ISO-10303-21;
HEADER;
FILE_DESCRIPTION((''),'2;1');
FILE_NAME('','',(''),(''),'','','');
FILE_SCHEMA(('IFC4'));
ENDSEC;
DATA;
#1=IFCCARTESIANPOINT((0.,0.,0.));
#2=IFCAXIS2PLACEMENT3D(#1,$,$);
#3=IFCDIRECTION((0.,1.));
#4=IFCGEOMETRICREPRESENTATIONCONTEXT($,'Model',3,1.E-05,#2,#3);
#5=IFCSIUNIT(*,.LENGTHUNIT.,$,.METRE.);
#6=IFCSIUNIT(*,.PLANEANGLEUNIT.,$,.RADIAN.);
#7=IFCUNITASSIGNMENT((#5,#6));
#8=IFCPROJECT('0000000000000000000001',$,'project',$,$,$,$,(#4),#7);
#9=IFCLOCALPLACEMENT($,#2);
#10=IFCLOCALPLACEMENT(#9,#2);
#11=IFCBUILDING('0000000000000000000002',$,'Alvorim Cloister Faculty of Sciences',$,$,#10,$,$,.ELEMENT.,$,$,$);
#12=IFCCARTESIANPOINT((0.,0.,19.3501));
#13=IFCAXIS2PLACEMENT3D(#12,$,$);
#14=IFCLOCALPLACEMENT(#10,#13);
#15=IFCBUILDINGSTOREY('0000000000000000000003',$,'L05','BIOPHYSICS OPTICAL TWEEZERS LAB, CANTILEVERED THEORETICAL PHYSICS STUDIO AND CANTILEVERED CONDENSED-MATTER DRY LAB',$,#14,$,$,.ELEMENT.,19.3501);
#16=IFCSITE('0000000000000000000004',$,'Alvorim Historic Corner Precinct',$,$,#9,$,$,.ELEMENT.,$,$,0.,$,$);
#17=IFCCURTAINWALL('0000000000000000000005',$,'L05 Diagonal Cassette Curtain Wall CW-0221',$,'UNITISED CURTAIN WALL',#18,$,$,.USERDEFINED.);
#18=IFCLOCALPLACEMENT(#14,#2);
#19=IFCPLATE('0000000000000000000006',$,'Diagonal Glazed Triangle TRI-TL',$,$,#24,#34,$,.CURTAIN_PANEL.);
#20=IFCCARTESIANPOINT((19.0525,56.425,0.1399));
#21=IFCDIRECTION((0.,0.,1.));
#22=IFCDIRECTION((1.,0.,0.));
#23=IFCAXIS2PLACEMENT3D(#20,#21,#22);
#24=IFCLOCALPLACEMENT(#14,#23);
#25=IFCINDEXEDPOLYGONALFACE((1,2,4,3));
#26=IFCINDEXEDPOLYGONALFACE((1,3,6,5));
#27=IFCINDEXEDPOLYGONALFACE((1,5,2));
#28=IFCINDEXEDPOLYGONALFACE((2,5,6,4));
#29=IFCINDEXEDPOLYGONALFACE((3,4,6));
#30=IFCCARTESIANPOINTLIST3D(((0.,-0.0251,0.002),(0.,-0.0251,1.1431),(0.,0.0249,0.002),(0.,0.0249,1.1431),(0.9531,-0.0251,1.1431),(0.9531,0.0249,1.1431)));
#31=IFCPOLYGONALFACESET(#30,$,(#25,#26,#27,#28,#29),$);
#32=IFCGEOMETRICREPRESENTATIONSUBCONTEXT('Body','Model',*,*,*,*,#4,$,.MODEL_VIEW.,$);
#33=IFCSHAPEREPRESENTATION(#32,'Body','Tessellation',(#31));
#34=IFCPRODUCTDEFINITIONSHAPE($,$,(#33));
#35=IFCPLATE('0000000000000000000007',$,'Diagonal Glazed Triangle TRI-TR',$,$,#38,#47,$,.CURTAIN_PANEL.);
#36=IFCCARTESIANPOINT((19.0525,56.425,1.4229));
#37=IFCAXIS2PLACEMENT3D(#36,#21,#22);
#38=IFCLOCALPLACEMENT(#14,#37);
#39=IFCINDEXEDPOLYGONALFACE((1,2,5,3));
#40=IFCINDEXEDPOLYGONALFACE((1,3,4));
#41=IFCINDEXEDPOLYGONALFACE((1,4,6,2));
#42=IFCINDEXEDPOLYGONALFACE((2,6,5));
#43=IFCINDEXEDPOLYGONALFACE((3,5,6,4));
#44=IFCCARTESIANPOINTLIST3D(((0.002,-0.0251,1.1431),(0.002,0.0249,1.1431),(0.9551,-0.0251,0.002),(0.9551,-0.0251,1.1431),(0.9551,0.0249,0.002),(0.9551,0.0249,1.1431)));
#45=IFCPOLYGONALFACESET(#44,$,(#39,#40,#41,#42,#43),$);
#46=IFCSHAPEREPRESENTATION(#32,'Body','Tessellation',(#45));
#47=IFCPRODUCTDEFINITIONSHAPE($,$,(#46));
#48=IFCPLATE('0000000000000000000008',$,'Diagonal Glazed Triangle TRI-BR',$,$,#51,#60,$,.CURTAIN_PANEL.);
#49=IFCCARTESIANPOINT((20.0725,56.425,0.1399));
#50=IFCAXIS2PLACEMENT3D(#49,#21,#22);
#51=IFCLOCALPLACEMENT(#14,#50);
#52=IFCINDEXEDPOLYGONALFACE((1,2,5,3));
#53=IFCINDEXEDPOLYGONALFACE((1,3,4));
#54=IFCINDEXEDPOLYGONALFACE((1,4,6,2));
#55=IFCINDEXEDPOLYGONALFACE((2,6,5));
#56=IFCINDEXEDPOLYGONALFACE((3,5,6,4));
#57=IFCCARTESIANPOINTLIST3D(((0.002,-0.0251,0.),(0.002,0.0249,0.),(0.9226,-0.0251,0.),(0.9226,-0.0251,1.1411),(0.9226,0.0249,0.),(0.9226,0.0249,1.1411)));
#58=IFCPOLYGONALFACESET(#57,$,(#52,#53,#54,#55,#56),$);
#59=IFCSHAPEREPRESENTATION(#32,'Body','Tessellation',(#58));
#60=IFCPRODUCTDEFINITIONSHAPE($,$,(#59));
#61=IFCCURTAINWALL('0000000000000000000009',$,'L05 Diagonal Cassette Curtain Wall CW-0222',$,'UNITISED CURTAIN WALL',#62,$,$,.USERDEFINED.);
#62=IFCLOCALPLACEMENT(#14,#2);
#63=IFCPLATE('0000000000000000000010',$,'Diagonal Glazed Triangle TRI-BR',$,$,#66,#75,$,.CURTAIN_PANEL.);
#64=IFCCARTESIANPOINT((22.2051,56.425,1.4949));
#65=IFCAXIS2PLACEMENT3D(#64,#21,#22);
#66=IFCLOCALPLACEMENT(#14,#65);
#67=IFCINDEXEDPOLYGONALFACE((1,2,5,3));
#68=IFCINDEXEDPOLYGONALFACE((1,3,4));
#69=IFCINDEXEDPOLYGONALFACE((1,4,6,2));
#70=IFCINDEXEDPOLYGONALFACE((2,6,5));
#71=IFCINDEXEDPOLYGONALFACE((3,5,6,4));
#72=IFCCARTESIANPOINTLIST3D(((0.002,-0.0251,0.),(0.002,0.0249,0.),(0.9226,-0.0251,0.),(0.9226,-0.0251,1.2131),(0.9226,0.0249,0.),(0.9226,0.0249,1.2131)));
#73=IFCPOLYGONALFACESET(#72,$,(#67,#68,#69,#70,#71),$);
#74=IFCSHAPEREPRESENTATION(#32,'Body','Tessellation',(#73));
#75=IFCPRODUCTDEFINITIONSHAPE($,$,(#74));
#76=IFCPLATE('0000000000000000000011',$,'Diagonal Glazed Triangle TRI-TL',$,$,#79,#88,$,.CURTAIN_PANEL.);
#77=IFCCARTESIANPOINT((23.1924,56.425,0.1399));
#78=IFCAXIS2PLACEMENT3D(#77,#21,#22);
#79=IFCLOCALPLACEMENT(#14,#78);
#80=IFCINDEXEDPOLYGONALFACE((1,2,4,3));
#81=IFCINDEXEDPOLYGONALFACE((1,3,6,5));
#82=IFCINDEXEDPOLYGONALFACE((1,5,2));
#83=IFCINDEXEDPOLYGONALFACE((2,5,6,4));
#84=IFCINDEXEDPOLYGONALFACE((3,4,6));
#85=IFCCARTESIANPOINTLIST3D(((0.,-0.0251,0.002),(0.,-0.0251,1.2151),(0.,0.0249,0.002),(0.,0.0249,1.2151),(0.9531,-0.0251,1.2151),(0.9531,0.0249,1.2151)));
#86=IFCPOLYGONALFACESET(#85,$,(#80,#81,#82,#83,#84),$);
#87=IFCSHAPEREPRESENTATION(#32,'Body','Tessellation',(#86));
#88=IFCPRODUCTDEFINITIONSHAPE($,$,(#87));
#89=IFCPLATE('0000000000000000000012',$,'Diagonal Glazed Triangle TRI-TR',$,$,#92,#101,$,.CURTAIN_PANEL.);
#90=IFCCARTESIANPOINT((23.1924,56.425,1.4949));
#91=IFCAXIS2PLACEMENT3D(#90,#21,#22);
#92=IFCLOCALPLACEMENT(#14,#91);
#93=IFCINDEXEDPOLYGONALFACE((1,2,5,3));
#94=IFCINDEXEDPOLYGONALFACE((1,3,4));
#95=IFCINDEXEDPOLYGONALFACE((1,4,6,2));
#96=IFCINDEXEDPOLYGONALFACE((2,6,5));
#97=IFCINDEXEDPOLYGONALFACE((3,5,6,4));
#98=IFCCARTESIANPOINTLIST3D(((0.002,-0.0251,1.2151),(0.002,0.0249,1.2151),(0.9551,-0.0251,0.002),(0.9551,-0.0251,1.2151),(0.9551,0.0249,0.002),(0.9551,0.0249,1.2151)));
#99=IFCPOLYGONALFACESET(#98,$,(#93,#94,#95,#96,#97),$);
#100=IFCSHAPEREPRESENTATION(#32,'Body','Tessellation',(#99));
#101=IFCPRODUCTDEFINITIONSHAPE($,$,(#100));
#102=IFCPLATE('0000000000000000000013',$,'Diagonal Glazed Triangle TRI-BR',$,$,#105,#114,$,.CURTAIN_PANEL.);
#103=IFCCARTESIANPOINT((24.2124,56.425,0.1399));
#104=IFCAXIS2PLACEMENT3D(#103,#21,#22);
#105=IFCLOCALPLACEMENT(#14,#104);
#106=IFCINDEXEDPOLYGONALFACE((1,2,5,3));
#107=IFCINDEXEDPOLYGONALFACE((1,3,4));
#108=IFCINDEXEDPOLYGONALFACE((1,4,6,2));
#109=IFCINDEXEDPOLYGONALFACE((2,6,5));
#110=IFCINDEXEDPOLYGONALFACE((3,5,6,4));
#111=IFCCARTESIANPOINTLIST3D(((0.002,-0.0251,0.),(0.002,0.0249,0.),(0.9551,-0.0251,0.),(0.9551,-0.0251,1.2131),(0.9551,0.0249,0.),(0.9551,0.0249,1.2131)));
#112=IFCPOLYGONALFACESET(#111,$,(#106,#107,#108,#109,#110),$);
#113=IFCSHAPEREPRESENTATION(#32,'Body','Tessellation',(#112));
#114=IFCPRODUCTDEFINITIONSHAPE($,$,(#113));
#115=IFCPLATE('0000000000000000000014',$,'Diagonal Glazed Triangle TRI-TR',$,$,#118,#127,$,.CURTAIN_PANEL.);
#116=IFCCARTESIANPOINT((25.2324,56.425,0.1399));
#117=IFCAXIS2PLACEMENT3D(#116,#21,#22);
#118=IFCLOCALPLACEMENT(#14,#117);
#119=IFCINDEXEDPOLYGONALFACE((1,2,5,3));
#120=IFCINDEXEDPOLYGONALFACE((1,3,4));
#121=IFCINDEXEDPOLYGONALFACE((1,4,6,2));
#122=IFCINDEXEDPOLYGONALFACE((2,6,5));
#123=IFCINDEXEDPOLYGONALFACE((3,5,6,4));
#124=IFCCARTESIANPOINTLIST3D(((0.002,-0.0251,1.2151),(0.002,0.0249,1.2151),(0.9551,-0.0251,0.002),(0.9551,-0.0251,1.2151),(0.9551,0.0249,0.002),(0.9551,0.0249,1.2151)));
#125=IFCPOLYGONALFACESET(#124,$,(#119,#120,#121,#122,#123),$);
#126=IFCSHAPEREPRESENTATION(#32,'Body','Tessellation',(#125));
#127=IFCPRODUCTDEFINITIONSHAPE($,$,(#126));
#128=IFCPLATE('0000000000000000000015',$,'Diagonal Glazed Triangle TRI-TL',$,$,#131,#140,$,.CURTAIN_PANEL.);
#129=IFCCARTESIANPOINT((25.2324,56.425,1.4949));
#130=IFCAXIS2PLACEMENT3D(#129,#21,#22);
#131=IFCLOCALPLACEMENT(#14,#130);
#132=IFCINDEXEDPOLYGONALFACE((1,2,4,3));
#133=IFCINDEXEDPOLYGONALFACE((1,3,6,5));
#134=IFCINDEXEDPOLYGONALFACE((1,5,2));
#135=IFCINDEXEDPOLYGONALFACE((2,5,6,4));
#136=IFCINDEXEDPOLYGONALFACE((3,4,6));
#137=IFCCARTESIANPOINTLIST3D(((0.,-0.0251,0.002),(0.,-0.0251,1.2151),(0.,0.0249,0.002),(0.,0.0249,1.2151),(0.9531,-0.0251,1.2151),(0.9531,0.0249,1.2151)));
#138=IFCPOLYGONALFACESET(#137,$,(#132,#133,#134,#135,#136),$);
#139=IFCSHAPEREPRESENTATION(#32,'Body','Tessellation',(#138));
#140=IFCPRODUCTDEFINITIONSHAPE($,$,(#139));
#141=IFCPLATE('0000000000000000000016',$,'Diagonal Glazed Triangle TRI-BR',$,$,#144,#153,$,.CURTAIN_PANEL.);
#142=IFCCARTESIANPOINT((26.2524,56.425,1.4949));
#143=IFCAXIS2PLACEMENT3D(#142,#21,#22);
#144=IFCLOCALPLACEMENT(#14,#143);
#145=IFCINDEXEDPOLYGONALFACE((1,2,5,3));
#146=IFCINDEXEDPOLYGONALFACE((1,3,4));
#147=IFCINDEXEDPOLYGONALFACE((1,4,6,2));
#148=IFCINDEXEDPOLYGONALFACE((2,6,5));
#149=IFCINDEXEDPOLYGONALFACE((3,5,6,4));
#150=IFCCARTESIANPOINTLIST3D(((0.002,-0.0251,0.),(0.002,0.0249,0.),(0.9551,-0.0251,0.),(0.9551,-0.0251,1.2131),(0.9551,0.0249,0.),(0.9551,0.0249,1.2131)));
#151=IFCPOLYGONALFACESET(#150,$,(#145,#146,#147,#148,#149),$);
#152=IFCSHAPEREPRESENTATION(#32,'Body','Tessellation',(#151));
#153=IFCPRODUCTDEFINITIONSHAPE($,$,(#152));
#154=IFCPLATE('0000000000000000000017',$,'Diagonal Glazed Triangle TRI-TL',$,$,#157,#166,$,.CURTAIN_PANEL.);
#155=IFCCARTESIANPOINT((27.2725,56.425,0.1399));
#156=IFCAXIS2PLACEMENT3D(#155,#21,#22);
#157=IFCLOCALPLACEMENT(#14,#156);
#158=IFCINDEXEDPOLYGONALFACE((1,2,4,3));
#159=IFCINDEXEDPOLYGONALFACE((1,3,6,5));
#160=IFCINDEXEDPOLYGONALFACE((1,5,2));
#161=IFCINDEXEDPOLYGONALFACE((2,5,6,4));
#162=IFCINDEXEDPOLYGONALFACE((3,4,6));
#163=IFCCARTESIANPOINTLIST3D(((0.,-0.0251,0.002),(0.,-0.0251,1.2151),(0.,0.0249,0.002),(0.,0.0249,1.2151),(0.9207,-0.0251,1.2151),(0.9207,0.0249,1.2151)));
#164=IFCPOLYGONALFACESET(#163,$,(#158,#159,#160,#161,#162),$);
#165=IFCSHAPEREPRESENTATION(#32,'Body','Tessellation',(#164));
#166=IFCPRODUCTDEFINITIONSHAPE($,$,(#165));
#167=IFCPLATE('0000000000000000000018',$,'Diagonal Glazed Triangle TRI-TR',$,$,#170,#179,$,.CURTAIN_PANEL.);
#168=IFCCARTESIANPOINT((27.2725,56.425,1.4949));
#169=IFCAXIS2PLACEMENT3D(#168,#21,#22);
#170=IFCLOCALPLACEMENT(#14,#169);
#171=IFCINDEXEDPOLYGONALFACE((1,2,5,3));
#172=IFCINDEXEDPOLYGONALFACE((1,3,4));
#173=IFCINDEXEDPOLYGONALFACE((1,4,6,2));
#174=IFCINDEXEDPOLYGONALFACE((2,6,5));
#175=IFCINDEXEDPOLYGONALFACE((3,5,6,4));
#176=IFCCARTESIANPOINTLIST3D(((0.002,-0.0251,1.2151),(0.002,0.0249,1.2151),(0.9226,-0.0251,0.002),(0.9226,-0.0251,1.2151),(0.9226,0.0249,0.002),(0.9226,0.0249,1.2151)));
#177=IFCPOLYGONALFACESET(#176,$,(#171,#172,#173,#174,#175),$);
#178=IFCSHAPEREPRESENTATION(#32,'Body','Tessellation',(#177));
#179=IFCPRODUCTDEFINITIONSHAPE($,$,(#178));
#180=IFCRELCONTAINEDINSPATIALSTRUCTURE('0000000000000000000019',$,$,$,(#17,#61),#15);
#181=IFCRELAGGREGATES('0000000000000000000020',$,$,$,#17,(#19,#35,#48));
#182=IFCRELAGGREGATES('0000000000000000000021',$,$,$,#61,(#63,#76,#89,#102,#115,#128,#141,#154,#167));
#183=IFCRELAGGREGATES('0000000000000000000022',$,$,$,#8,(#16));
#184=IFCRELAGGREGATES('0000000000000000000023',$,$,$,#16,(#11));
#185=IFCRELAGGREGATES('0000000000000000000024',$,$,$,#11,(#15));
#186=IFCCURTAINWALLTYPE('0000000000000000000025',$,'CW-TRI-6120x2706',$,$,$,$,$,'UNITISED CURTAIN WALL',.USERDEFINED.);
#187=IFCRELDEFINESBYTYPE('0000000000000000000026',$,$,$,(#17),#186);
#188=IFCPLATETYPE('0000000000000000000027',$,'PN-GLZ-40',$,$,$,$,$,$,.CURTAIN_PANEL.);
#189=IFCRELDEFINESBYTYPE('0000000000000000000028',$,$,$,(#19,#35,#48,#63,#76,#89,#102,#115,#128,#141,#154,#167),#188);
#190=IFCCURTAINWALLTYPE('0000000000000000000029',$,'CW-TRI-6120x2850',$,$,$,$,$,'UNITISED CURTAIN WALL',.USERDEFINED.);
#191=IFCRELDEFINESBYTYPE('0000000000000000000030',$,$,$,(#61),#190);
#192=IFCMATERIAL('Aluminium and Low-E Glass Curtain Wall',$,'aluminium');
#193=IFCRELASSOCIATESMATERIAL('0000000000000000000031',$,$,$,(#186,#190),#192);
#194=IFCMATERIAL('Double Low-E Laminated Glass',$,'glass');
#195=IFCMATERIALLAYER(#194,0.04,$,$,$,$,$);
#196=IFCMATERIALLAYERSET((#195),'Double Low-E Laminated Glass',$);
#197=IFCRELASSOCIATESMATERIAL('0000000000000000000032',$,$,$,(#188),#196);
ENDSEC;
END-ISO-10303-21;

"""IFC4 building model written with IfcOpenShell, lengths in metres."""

from ifc_helpers import new_model, si_unit, direction, frame, origin, place, context, subcontext, project, spatial, polyline, outline, extrude, material, layer, layer_set, type_object, element, aggregate, save


model = new_model("IFC4")

# Units and contexts
model_context = context("Model", 3, precision=1e-05, world=origin(), true_north=direction((0.0, 1.0)))
body_context = subcontext(model_context, "Body", "Model", "MODEL_VIEW")
ifc_project = project(units=[si_unit("LENGTHUNIT", "METRE"), si_unit("PLANEANGLEUNIT", "RADIAN")], contexts=[model_context])

# Site, building, storey
site_placement = place(None, origin())
site = spatial("IfcSite", under=ifc_project, at=site_placement, Name="Alvorim Historic Corner Precinct", CompositionType="ELEMENT", RefElevation=0.0)
building_placement = place(site_placement, origin())
building = spatial("IfcBuilding", under=site, at=building_placement, Name="Alvorim Cloister Faculty of Sciences", CompositionType="ELEMENT")
storey_placement = place(building_placement, frame((0.0, 0.0, 19.3501)))
storey = spatial("IfcBuildingStorey", under=building, at=storey_placement, Name="L05", Description="BIOPHYSICS OPTICAL TWEEZERS LAB, CANTILEVERED THEORETICAL PHYSICS STUDIO AND CANTILEVERED CONDENSED-MATTER DRY LAB", CompositionType="ELEMENT", Elevation=19.3501)

# Curtain walls, plates
ifc_material_1 = material(Name="Aluminium and Low-E Glass Curtain Wall", Category="aluminium")
curtain_wall_type_1 = type_object("IfcCurtainWallType", Name="CW-TRI-6120x2706", ElementType="UNITISED CURTAIN WALL", PredefinedType="USERDEFINED", material=ifc_material_1)
curtain_wall_1_placement = place(storey_placement, origin())
curtain_wall_1 = element("IfcCurtainWall", 1, at=curtain_wall_1_placement, inside=storey, type_object=curtain_wall_type_1, Name="L05 Diagonal Cassette Curtain Wall CW-0221", ObjectType="UNITISED CURTAIN WALL", PredefinedType="USERDEFINED")
ifc_material_2 = material(Name="Double Low-E Laminated Glass", Category="glass")
ifc_layer_1 = layer(ifc_material_2, 0.04)
ifc_layer_set_1 = layer_set([ifc_layer_1], Name="Double Low-E Laminated Glass")
plate_type = type_object("IfcPlateType", Name="PN-GLZ-40", PredefinedType="CURTAIN_PANEL", material=ifc_layer_set_1)
plate_1_placement = place(storey_placement, frame((19.0525, 56.425, 0.1399), z_axis=(0.0, 0.0, 1.0), x_axis=(1.0, 0.0, 0.0)))
plate_1 = element("IfcPlate", 2, at=plate_1_placement, type_object=plate_type, Name="Diagonal Glazed Triangle TRI-TL", PredefinedType="CURTAIN_PANEL", context=body_context, shape_type="SweptSolid", body=[
    extrude(outline(polyline([(0.9531, 1.1431), (0.0, 1.1431), (0.0, 0.002), (0.9531, 1.1431)])), frame((0.0, 0.0249, 0.0), z_axis=(0.0, -1.0, 0.0), x_axis=(1.0, 0.0, 0.0)), (0.0, 0.0, 1.0), 0.05),
])
plate_2_placement = place(storey_placement, frame((19.0525, 56.425, 1.4229), z_axis=(0.0, 0.0, 1.0), x_axis=(1.0, 0.0, 0.0)))
plate_2 = element("IfcPlate", 3, at=plate_2_placement, type_object=plate_type, Name="Diagonal Glazed Triangle TRI-TR", PredefinedType="CURTAIN_PANEL", context=body_context, shape_type="SweptSolid", body=[
    extrude(outline(polyline([(0.9551, 0.002), (0.9551, 1.1431), (0.002, 1.1431), (0.9551, 0.002)])), frame((0.0, 0.0249, 0.0), z_axis=(0.0, -1.0, 0.0), x_axis=(1.0, 0.0, 0.0)), (0.0, 0.0, 1.0), 0.05),
])
plate_3_placement = place(storey_placement, frame((20.0725, 56.425, 0.1399), z_axis=(0.0, 0.0, 1.0), x_axis=(1.0, 0.0, 0.0)))
plate_3 = element("IfcPlate", 4, at=plate_3_placement, type_object=plate_type, Name="Diagonal Glazed Triangle TRI-BR", PredefinedType="CURTAIN_PANEL", context=body_context, shape_type="SweptSolid", body=[
    extrude(outline(polyline([(0.002, 0.0), (0.9226, 0.0), (0.9226, 1.1411), (0.002, 0.0)])), frame((0.0, 0.0249, 0.0), z_axis=(0.0, -1.0, 0.0), x_axis=(1.0, 0.0, 0.0)), (0.0, 0.0, 1.0), 0.05),
])
aggregate(curtain_wall_1, [plate_1, plate_2, plate_3])
curtain_wall_type_2 = type_object("IfcCurtainWallType", Name="CW-TRI-6120x2850", ElementType="UNITISED CURTAIN WALL", PredefinedType="USERDEFINED", material=ifc_material_1)
curtain_wall_2_placement = place(storey_placement, origin())
curtain_wall_2 = element("IfcCurtainWall", 5, at=curtain_wall_2_placement, inside=storey, type_object=curtain_wall_type_2, Name="L05 Diagonal Cassette Curtain Wall CW-0222", ObjectType="UNITISED CURTAIN WALL", PredefinedType="USERDEFINED")
plate_4_placement = place(storey_placement, frame((22.2051, 56.425, 1.4949), z_axis=(0.0, 0.0, 1.0), x_axis=(1.0, 0.0, 0.0)))
plate_4 = element("IfcPlate", 6, at=plate_4_placement, type_object=plate_type, Name="Diagonal Glazed Triangle TRI-BR", PredefinedType="CURTAIN_PANEL", context=body_context, shape_type="SweptSolid", body=[
    extrude(outline(polyline([(0.002, 0.0), (0.9226, 0.0), (0.9226, 1.2131), (0.002, 0.0)])), frame((0.0, 0.0249, 0.0), z_axis=(0.0, -1.0, 0.0), x_axis=(1.0, 0.0, 0.0)), (0.0, 0.0, 1.0), 0.05),
])
plate_5_placement = place(storey_placement, frame((23.1924, 56.425, 0.1399), z_axis=(0.0, 0.0, 1.0), x_axis=(1.0, 0.0, 0.0)))
plate_5 = element("IfcPlate", 7, at=plate_5_placement, type_object=plate_type, Name="Diagonal Glazed Triangle TRI-TL", PredefinedType="CURTAIN_PANEL", context=body_context, shape_type="SweptSolid", body=[
    extrude(outline(polyline([(0.9531, 1.2151), (0.0, 1.2151), (0.0, 0.002), (0.9531, 1.2151)])), frame((0.0, 0.0249, 0.0), z_axis=(0.0, -1.0, 0.0), x_axis=(1.0, 0.0, 0.0)), (0.0, 0.0, 1.0), 0.05),
])
plate_6_placement = place(storey_placement, frame((23.1924, 56.425, 1.4949), z_axis=(0.0, 0.0, 1.0), x_axis=(1.0, 0.0, 0.0)))
plate_6 = element("IfcPlate", 8, at=plate_6_placement, type_object=plate_type, Name="Diagonal Glazed Triangle TRI-TR", PredefinedType="CURTAIN_PANEL", context=body_context, shape_type="SweptSolid", body=[
    extrude(outline(polyline([(0.9551, 0.002), (0.9551, 1.2151), (0.002, 1.2151), (0.9551, 0.002)])), frame((0.0, 0.0249, 0.0), z_axis=(0.0, -1.0, 0.0), x_axis=(1.0, 0.0, 0.0)), (0.0, 0.0, 1.0), 0.05),
])
plate_7_placement = place(storey_placement, frame((24.2124, 56.425, 0.1399), z_axis=(0.0, 0.0, 1.0), x_axis=(1.0, 0.0, 0.0)))
plate_7 = element("IfcPlate", 9, at=plate_7_placement, type_object=plate_type, Name="Diagonal Glazed Triangle TRI-BR", PredefinedType="CURTAIN_PANEL", context=body_context, shape_type="SweptSolid", body=[
    extrude(outline(polyline([(0.002, 0.0), (0.9551, 0.0), (0.9551, 1.2131), (0.002, 0.0)])), frame((0.0, 0.0249, 0.0), z_axis=(0.0, -1.0, 0.0), x_axis=(1.0, 0.0, 0.0)), (0.0, 0.0, 1.0), 0.05),
])
plate_8_placement = place(storey_placement, frame((25.2324, 56.425, 0.1399), z_axis=(0.0, 0.0, 1.0), x_axis=(1.0, 0.0, 0.0)))
plate_8 = element("IfcPlate", 10, at=plate_8_placement, type_object=plate_type, Name="Diagonal Glazed Triangle TRI-TR", PredefinedType="CURTAIN_PANEL", context=body_context, shape_type="SweptSolid", body=[
    extrude(outline(polyline([(0.9551, 0.002), (0.9551, 1.2151), (0.002, 1.2151), (0.9551, 0.002)])), frame((0.0, 0.0249, 0.0), z_axis=(0.0, -1.0, 0.0), x_axis=(1.0, 0.0, 0.0)), (0.0, 0.0, 1.0), 0.05),
])
plate_9_placement = place(storey_placement, frame((25.2324, 56.425, 1.4949), z_axis=(0.0, 0.0, 1.0), x_axis=(1.0, 0.0, 0.0)))
plate_9 = element("IfcPlate", 11, at=plate_9_placement, type_object=plate_type, Name="Diagonal Glazed Triangle TRI-TL", PredefinedType="CURTAIN_PANEL", context=body_context, shape_type="SweptSolid", body=[
    extrude(outline(polyline([(0.9531, 1.2151), (0.0, 1.2151), (0.0, 0.002), (0.9531, 1.2151)])), frame((0.0, 0.0249, 0.0), z_axis=(0.0, -1.0, 0.0), x_axis=(1.0, 0.0, 0.0)), (0.0, 0.0, 1.0), 0.05),
])
plate_10_placement = place(storey_placement, frame((26.2524, 56.425, 1.4949), z_axis=(0.0, 0.0, 1.0), x_axis=(1.0, 0.0, 0.0)))
plate_10 = element("IfcPlate", 12, at=plate_10_placement, type_object=plate_type, Name="Diagonal Glazed Triangle TRI-BR", PredefinedType="CURTAIN_PANEL", context=body_context, shape_type="SweptSolid", body=[
    extrude(outline(polyline([(0.002, 0.0), (0.9551, 0.0), (0.9551, 1.2131), (0.002, 0.0)])), frame((0.0, 0.0249, 0.0), z_axis=(0.0, -1.0, 0.0), x_axis=(1.0, 0.0, 0.0)), (0.0, 0.0, 1.0), 0.05),
])
plate_11_placement = place(storey_placement, frame((27.2725, 56.425, 0.1399), z_axis=(0.0, 0.0, 1.0), x_axis=(1.0, 0.0, 0.0)))
plate_11 = element("IfcPlate", 13, at=plate_11_placement, type_object=plate_type, Name="Diagonal Glazed Triangle TRI-TL", PredefinedType="CURTAIN_PANEL", context=body_context, shape_type="SweptSolid", body=[
    extrude(outline(polyline([(0.9207, 1.2151), (0.0, 1.2151), (0.0, 0.002), (0.9207, 1.2151)])), frame((0.0, 0.0249, 0.0), z_axis=(0.0, -1.0, 0.0), x_axis=(1.0, 0.0, 0.0)), (0.0, 0.0, 1.0), 0.05),
])
plate_12_placement = place(storey_placement, frame((27.2725, 56.425, 1.4949), z_axis=(0.0, 0.0, 1.0), x_axis=(1.0, 0.0, 0.0)))
plate_12 = element("IfcPlate", 14, at=plate_12_placement, type_object=plate_type, Name="Diagonal Glazed Triangle TRI-TR", PredefinedType="CURTAIN_PANEL", context=body_context, shape_type="SweptSolid", body=[
    extrude(outline(polyline([(0.9226, 0.002), (0.9226, 1.2151), (0.002, 1.2151), (0.9226, 0.002)])), frame((0.0, 0.0249, 0.0), z_axis=(0.0, -1.0, 0.0), x_axis=(1.0, 0.0, 0.0)), (0.0, 0.0, 1.0), 0.05),
])
aggregate(curtain_wall_2, [plate_4, plate_5, plate_6, plate_7, plate_8, plate_9, plate_10, plate_11, plate_12])

save(model, "model.ifc")
